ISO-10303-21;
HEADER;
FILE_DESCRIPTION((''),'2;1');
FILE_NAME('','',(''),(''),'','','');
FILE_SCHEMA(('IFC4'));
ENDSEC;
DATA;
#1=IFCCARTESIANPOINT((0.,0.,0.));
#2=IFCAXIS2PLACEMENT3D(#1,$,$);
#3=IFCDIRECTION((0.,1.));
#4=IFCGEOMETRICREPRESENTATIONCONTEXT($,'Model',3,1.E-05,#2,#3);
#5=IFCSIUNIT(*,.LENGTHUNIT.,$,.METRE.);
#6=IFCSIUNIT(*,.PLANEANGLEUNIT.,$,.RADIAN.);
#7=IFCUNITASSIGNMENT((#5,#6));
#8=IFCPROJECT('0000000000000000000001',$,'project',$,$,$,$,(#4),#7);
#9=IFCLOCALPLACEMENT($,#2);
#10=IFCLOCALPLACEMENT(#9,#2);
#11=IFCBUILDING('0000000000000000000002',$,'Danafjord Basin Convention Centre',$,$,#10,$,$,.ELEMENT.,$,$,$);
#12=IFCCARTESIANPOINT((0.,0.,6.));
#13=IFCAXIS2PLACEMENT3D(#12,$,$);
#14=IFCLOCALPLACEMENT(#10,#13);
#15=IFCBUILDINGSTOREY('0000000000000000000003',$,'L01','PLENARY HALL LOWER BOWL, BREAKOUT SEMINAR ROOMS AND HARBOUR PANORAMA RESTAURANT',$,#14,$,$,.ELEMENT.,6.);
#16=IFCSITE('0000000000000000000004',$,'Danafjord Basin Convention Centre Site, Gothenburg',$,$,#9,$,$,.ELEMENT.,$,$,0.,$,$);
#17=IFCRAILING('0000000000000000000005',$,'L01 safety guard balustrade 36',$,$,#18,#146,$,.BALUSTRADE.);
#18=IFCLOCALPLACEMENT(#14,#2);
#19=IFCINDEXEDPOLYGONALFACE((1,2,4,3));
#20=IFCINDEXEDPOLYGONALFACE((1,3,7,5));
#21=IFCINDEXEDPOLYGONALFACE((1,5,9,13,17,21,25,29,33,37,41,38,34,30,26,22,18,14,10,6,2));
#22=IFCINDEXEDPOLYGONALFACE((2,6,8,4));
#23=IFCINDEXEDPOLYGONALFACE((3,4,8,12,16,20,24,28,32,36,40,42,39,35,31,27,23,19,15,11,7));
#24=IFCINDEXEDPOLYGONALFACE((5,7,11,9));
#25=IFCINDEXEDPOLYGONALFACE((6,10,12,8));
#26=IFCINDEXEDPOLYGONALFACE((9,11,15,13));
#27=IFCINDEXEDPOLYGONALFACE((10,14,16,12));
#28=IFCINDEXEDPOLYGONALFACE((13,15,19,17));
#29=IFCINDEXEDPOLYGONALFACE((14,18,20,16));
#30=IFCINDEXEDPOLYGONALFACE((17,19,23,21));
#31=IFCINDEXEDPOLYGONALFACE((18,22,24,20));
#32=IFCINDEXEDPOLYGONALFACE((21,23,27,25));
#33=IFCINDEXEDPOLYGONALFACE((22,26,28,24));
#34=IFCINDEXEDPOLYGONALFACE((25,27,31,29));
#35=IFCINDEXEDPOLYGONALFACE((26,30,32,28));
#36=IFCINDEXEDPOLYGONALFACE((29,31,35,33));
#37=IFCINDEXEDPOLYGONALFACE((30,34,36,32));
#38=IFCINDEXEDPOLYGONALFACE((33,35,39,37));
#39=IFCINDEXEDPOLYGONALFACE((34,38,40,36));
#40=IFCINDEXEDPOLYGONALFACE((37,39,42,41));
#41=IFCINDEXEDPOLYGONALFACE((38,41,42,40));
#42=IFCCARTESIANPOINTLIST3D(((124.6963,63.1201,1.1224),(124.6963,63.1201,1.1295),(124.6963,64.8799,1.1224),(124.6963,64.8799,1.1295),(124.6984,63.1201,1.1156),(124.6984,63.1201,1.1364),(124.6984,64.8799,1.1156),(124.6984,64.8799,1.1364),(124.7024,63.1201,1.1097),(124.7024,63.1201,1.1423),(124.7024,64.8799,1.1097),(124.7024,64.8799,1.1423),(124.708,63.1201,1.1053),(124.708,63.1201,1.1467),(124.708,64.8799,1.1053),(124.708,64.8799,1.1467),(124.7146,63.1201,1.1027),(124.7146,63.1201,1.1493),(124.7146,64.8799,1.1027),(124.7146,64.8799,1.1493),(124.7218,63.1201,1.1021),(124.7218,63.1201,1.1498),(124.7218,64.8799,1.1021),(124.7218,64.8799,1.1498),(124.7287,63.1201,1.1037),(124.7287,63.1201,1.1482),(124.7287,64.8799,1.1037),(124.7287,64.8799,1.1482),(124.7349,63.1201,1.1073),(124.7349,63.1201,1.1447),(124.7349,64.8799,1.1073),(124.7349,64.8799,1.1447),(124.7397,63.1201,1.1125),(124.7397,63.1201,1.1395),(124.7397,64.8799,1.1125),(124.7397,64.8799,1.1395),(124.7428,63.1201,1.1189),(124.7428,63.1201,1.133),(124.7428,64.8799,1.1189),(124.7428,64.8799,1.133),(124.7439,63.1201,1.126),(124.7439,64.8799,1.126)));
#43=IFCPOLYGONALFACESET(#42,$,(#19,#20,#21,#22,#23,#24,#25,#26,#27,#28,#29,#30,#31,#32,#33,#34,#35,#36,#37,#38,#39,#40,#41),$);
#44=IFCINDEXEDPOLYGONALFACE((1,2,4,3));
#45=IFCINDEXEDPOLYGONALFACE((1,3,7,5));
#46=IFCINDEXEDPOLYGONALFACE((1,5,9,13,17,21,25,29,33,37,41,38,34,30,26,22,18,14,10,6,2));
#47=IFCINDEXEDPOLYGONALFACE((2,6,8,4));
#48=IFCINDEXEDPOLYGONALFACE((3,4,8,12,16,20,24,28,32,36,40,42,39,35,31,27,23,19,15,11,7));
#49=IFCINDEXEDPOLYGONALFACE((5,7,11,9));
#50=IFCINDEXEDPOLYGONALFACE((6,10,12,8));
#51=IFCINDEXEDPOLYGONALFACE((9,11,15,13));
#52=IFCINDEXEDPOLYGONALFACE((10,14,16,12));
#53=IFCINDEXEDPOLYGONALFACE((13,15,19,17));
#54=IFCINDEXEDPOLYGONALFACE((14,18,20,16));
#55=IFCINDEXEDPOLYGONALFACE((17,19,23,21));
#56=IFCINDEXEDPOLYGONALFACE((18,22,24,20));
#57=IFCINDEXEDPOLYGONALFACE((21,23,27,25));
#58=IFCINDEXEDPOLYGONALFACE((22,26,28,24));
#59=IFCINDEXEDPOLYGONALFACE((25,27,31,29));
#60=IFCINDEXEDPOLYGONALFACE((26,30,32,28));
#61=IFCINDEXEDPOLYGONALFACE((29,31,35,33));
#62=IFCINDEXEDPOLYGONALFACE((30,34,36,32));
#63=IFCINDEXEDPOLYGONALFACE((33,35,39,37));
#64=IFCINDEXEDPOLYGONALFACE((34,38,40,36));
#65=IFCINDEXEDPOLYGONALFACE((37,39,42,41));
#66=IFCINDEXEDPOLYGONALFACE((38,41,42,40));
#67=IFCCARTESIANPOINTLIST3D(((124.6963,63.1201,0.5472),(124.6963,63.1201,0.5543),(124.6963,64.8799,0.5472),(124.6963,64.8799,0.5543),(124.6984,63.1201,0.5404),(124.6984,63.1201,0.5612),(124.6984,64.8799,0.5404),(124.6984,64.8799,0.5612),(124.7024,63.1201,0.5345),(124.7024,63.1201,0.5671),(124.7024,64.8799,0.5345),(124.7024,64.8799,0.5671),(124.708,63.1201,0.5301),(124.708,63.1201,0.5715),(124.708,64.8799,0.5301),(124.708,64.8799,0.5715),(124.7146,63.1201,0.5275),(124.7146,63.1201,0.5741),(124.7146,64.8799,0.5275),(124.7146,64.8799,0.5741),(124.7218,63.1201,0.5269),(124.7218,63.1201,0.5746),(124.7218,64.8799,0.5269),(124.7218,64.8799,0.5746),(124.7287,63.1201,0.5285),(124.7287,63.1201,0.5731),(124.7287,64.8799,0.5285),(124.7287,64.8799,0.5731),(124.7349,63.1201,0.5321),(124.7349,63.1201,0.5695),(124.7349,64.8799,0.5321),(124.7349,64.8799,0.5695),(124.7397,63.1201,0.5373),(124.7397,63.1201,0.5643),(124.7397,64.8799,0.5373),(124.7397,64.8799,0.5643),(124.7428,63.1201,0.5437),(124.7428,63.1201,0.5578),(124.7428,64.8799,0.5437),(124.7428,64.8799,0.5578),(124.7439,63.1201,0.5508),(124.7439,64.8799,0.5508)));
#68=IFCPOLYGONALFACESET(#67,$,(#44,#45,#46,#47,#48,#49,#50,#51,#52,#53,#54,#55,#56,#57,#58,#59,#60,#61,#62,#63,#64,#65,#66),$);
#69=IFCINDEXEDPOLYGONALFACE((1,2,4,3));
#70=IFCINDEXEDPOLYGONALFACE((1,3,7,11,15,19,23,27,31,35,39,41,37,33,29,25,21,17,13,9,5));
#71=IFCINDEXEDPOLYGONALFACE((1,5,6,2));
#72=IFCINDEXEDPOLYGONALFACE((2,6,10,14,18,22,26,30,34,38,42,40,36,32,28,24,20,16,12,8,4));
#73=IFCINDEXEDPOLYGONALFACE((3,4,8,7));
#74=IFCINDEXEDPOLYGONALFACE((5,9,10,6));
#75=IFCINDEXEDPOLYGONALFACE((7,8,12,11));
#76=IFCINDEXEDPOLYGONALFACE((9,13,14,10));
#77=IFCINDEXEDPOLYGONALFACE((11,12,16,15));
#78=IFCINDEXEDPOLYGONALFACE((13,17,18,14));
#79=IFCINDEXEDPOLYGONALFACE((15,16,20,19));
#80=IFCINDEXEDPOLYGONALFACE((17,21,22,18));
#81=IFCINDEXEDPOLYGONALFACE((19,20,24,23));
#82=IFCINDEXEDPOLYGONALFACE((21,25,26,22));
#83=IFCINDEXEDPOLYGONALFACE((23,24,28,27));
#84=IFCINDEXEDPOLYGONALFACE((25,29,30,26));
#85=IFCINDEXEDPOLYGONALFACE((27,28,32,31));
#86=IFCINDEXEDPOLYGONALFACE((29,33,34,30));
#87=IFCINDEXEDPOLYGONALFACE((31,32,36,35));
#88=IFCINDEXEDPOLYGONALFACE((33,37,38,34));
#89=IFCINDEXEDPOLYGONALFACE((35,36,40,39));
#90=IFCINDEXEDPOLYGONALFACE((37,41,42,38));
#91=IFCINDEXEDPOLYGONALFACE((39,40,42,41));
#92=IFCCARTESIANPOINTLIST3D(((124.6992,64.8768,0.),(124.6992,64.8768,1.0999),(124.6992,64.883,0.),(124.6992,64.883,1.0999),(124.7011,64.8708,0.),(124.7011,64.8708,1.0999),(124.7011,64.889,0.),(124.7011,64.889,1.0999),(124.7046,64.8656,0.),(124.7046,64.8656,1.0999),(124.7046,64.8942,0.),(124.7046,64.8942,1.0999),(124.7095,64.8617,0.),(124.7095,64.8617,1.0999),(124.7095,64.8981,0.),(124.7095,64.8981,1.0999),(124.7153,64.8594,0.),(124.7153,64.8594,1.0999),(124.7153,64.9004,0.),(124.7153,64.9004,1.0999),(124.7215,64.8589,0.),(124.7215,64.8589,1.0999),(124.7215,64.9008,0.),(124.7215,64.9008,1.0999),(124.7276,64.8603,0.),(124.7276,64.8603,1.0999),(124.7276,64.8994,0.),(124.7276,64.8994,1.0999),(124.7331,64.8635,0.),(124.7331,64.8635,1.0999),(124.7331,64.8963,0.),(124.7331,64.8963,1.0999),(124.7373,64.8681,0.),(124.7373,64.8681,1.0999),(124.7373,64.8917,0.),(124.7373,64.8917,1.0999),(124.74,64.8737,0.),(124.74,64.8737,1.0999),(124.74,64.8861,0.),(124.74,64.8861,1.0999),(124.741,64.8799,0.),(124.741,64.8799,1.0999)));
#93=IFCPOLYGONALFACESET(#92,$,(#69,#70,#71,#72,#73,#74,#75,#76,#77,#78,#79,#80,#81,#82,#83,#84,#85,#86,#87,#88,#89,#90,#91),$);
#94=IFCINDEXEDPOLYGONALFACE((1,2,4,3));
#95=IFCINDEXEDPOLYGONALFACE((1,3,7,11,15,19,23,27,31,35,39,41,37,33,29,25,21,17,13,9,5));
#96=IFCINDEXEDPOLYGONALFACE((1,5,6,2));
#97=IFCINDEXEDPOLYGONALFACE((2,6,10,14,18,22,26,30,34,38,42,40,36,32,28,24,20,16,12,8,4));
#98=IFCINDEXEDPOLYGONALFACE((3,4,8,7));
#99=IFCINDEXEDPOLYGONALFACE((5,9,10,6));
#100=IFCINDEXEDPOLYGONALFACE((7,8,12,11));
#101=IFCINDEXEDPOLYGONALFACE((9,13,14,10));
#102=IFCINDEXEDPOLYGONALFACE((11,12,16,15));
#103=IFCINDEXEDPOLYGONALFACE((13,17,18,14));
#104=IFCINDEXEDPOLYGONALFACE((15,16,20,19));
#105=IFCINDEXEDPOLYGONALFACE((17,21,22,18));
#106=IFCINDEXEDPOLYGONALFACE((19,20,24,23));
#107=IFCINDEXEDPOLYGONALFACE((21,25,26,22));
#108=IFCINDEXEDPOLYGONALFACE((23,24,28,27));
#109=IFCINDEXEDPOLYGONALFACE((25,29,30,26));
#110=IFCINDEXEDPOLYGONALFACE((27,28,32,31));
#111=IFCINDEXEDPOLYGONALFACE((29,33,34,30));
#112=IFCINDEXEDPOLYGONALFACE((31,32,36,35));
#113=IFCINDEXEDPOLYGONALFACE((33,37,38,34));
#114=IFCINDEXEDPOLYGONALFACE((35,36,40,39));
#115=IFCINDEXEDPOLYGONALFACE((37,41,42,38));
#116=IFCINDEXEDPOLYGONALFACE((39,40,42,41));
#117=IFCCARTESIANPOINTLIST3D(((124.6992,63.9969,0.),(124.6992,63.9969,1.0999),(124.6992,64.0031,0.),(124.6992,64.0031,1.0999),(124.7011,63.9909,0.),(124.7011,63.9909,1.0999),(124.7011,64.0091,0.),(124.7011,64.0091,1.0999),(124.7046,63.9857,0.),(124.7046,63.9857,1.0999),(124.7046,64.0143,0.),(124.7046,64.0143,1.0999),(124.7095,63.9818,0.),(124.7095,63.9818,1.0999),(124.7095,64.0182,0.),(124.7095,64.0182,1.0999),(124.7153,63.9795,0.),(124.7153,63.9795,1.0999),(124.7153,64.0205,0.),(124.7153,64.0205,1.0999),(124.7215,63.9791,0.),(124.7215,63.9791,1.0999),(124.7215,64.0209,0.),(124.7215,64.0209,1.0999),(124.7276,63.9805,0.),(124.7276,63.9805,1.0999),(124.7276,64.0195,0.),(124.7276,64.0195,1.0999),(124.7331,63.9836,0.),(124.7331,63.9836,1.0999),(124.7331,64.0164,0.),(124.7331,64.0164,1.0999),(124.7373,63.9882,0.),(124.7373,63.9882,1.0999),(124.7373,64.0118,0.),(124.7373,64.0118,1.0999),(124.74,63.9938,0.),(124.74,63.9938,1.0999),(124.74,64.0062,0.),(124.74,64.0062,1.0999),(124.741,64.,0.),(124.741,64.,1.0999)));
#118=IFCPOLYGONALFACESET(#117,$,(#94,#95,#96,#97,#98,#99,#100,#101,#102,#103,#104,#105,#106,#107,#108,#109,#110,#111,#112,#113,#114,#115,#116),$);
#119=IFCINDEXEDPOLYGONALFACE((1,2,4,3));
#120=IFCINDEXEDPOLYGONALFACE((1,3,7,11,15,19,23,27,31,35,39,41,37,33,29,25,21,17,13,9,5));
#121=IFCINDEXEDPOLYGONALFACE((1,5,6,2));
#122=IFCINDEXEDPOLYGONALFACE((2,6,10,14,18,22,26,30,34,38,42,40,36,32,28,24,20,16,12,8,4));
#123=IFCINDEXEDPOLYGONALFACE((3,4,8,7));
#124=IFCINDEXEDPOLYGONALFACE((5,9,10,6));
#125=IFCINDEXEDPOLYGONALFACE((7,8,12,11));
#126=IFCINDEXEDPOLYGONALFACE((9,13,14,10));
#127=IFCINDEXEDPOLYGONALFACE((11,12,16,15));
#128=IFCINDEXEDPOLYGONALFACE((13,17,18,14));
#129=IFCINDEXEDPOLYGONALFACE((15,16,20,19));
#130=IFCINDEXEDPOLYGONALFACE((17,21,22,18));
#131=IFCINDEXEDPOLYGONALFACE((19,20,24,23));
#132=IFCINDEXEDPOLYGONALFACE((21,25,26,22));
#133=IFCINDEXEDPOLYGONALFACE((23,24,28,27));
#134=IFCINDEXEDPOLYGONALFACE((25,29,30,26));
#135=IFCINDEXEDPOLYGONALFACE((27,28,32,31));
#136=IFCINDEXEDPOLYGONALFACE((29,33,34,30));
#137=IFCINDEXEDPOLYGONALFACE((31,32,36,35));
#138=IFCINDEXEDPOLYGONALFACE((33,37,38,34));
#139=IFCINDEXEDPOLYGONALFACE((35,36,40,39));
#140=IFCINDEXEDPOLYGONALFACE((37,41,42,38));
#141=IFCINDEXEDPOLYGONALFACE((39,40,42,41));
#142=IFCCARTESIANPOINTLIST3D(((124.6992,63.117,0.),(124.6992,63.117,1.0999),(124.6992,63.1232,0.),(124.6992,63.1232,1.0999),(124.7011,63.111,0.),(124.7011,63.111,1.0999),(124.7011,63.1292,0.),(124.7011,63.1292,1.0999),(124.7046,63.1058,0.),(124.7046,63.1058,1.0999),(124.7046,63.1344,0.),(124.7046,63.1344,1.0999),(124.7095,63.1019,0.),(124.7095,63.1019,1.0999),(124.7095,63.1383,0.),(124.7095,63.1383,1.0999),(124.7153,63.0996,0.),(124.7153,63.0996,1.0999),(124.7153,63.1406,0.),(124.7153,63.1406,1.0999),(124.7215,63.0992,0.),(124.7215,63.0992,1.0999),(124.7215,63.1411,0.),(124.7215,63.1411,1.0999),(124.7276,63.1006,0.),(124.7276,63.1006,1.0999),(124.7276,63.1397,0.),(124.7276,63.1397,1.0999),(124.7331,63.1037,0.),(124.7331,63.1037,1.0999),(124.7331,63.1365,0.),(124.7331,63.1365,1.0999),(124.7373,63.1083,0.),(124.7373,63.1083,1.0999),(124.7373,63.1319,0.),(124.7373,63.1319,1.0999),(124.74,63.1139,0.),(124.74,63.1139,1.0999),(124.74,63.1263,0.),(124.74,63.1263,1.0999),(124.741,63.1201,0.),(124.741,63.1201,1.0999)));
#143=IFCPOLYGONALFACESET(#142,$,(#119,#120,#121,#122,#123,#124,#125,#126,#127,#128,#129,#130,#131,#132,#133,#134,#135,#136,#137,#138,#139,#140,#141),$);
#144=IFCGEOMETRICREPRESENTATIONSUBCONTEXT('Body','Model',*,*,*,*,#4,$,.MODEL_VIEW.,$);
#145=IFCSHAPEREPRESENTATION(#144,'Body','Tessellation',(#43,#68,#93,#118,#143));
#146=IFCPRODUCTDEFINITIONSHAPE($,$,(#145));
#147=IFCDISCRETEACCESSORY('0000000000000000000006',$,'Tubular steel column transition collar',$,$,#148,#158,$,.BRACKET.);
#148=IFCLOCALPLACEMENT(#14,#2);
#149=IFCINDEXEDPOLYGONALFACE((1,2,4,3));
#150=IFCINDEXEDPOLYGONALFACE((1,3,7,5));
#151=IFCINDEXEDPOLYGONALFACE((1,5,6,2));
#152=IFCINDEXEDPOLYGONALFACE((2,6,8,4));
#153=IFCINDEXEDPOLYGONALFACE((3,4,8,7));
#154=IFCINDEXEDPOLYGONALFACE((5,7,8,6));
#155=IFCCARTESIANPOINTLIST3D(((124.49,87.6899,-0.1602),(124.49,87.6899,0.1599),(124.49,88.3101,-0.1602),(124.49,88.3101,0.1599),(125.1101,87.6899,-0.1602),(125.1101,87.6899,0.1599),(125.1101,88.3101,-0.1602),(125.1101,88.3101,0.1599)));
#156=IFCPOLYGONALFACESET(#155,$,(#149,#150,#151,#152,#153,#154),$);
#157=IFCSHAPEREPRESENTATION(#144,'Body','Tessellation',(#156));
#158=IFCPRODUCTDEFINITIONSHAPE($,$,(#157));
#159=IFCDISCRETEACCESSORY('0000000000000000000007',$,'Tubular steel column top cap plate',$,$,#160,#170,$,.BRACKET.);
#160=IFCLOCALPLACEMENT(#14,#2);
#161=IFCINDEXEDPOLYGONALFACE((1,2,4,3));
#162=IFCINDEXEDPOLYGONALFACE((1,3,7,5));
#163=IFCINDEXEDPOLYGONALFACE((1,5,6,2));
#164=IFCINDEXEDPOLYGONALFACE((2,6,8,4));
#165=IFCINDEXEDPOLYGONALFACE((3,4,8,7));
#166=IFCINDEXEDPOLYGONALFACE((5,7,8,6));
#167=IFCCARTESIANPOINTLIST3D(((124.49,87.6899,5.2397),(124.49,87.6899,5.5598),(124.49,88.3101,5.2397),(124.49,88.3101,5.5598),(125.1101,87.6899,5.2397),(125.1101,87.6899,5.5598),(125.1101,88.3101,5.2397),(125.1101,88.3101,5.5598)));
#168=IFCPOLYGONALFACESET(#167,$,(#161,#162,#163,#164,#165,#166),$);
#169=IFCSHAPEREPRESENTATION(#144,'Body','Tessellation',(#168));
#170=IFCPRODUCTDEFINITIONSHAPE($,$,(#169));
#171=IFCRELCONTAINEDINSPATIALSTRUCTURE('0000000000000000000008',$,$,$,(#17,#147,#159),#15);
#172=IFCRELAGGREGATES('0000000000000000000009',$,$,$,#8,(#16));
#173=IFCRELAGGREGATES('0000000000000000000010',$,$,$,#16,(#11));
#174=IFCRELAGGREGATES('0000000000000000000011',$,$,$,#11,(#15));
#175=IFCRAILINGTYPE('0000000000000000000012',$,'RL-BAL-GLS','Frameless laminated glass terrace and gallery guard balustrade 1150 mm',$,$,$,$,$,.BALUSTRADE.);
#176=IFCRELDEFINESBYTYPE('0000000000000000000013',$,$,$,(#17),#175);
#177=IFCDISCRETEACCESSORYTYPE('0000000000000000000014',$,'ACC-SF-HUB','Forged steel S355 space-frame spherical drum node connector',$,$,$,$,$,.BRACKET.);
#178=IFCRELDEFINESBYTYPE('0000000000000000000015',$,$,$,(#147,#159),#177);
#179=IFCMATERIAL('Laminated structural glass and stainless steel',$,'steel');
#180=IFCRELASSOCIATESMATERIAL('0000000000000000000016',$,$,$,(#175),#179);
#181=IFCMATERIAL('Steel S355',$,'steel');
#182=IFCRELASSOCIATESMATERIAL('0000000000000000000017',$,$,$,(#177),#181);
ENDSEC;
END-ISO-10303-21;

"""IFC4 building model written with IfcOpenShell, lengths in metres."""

from ifc_helpers import new_model, si_unit, direction, frame, origin, origin_2d, place, context, subcontext, project, spatial, rectangle, circle, extrude, material, type_object, element, save


model = new_model("IFC4")

# Units and contexts
model_context = context("Model", 3, precision=1e-05, world=origin(), true_north=direction((0.0, 1.0)))
body_context = subcontext(model_context, "Body", "Model", "MODEL_VIEW")
ifc_project = project(units=[si_unit("LENGTHUNIT", "METRE"), si_unit("PLANEANGLEUNIT", "RADIAN")], contexts=[model_context])

# Site, building, storey
site_placement = place(None, origin())
site = spatial("IfcSite", under=ifc_project, at=site_placement, Name="Danafjord Basin Convention Centre Site, Gothenburg", CompositionType="ELEMENT", RefElevation=0.0)
building_placement = place(site_placement, origin())
building = spatial("IfcBuilding", under=site, at=building_placement, Name="Danafjord Basin Convention Centre", CompositionType="ELEMENT")
storey_placement = place(building_placement, frame((0.0, 0.0, 6.0)))
storey = spatial("IfcBuildingStorey", under=building, at=storey_placement, Name="L01", Description="PLENARY HALL LOWER BOWL, BREAKOUT SEMINAR ROOMS AND HARBOUR PANORAMA RESTAURANT", CompositionType="ELEMENT", Elevation=6.0)

# Shared definitions
ifc_material_1 = material(Name="Steel S355", Category="steel")

# Railing
ifc_material_2 = material(Name="Laminated structural glass and stainless steel", Category="steel")
railing_type = type_object("IfcRailingType", Name="RL-BAL-GLS", Description="Frameless laminated glass terrace and gallery guard balustrade 1150 mm", PredefinedType="BALUSTRADE", material=ifc_material_2)
for number, where, name in (
    (1, (124.72, 64.8799, 0.0), "L01 safety guard balustrade 36"),
):
    element("IfcRailing", number, at=place(storey_placement, frame(where)), inside=storey, type_object=railing_type, Name=name, PredefinedType="BALUSTRADE", context=body_context, shape_type="SweptSolid", body=[
        extrude(circle(Radius=0.0239, at=origin_2d()), frame((0.0, 0.0, 1.126), z_axis=(0.0, -1.0, 0.0), x_axis=(1.0, 0.0, 0.0)), (0.0, 0.0, 1.0), 1.7598),
        extrude(circle(Radius=0.0239, at=origin_2d()), frame((0.0, 0.0, 0.5508), z_axis=(0.0, -1.0, 0.0), x_axis=(1.0, 0.0, 0.0)), (0.0, 0.0, 1.0), 1.7598),
        extrude(circle(Radius=0.021, at=origin_2d()), origin(), (0.0, 0.0, 1.0), 1.0999),
        extrude(circle(Radius=0.021, at=origin_2d()), frame((0.0, -0.8799, 0.0)), (0.0, 0.0, 1.0), 1.0999),
        extrude(circle(Radius=0.021, at=origin_2d()), frame((0.0, -1.7598, 0.0)), (0.0, 0.0, 1.0), 1.0999),
    ])

# Discrete accessories
discrete_accessory_type = type_object("IfcDiscreteAccessoryType", Name="ACC-SF-HUB", Description="Forged steel S355 space-frame spherical drum node connector", PredefinedType="BRACKET", material=ifc_material_1)
for number, where, z_axis, x_axis, name in (
    (2, (124.8, 88.0, -0.1602), (0.0, 0.0, 1.0), (1.0, 0.0, 0.0), "Tubular steel column transition collar"),
    (3, (124.8, 88.0, 5.2397), (0.0, 0.0, 1.0), (1.0, 0.0, 0.0), "Tubular steel column top cap plate"),
):
    element("IfcDiscreteAccessory", number, at=place(storey_placement, frame(where, z_axis=z_axis, x_axis=x_axis)), inside=storey, type_object=discrete_accessory_type, Name=name, PredefinedType="BRACKET", context=body_context, shape_type="SweptSolid", body=[
        extrude(rectangle(XDim=0.6201, YDim=0.6201, at=origin_2d()), origin(), (0.0, 0.0, 1.0), 0.3201),
    ])

save(model, "model.ifc")
